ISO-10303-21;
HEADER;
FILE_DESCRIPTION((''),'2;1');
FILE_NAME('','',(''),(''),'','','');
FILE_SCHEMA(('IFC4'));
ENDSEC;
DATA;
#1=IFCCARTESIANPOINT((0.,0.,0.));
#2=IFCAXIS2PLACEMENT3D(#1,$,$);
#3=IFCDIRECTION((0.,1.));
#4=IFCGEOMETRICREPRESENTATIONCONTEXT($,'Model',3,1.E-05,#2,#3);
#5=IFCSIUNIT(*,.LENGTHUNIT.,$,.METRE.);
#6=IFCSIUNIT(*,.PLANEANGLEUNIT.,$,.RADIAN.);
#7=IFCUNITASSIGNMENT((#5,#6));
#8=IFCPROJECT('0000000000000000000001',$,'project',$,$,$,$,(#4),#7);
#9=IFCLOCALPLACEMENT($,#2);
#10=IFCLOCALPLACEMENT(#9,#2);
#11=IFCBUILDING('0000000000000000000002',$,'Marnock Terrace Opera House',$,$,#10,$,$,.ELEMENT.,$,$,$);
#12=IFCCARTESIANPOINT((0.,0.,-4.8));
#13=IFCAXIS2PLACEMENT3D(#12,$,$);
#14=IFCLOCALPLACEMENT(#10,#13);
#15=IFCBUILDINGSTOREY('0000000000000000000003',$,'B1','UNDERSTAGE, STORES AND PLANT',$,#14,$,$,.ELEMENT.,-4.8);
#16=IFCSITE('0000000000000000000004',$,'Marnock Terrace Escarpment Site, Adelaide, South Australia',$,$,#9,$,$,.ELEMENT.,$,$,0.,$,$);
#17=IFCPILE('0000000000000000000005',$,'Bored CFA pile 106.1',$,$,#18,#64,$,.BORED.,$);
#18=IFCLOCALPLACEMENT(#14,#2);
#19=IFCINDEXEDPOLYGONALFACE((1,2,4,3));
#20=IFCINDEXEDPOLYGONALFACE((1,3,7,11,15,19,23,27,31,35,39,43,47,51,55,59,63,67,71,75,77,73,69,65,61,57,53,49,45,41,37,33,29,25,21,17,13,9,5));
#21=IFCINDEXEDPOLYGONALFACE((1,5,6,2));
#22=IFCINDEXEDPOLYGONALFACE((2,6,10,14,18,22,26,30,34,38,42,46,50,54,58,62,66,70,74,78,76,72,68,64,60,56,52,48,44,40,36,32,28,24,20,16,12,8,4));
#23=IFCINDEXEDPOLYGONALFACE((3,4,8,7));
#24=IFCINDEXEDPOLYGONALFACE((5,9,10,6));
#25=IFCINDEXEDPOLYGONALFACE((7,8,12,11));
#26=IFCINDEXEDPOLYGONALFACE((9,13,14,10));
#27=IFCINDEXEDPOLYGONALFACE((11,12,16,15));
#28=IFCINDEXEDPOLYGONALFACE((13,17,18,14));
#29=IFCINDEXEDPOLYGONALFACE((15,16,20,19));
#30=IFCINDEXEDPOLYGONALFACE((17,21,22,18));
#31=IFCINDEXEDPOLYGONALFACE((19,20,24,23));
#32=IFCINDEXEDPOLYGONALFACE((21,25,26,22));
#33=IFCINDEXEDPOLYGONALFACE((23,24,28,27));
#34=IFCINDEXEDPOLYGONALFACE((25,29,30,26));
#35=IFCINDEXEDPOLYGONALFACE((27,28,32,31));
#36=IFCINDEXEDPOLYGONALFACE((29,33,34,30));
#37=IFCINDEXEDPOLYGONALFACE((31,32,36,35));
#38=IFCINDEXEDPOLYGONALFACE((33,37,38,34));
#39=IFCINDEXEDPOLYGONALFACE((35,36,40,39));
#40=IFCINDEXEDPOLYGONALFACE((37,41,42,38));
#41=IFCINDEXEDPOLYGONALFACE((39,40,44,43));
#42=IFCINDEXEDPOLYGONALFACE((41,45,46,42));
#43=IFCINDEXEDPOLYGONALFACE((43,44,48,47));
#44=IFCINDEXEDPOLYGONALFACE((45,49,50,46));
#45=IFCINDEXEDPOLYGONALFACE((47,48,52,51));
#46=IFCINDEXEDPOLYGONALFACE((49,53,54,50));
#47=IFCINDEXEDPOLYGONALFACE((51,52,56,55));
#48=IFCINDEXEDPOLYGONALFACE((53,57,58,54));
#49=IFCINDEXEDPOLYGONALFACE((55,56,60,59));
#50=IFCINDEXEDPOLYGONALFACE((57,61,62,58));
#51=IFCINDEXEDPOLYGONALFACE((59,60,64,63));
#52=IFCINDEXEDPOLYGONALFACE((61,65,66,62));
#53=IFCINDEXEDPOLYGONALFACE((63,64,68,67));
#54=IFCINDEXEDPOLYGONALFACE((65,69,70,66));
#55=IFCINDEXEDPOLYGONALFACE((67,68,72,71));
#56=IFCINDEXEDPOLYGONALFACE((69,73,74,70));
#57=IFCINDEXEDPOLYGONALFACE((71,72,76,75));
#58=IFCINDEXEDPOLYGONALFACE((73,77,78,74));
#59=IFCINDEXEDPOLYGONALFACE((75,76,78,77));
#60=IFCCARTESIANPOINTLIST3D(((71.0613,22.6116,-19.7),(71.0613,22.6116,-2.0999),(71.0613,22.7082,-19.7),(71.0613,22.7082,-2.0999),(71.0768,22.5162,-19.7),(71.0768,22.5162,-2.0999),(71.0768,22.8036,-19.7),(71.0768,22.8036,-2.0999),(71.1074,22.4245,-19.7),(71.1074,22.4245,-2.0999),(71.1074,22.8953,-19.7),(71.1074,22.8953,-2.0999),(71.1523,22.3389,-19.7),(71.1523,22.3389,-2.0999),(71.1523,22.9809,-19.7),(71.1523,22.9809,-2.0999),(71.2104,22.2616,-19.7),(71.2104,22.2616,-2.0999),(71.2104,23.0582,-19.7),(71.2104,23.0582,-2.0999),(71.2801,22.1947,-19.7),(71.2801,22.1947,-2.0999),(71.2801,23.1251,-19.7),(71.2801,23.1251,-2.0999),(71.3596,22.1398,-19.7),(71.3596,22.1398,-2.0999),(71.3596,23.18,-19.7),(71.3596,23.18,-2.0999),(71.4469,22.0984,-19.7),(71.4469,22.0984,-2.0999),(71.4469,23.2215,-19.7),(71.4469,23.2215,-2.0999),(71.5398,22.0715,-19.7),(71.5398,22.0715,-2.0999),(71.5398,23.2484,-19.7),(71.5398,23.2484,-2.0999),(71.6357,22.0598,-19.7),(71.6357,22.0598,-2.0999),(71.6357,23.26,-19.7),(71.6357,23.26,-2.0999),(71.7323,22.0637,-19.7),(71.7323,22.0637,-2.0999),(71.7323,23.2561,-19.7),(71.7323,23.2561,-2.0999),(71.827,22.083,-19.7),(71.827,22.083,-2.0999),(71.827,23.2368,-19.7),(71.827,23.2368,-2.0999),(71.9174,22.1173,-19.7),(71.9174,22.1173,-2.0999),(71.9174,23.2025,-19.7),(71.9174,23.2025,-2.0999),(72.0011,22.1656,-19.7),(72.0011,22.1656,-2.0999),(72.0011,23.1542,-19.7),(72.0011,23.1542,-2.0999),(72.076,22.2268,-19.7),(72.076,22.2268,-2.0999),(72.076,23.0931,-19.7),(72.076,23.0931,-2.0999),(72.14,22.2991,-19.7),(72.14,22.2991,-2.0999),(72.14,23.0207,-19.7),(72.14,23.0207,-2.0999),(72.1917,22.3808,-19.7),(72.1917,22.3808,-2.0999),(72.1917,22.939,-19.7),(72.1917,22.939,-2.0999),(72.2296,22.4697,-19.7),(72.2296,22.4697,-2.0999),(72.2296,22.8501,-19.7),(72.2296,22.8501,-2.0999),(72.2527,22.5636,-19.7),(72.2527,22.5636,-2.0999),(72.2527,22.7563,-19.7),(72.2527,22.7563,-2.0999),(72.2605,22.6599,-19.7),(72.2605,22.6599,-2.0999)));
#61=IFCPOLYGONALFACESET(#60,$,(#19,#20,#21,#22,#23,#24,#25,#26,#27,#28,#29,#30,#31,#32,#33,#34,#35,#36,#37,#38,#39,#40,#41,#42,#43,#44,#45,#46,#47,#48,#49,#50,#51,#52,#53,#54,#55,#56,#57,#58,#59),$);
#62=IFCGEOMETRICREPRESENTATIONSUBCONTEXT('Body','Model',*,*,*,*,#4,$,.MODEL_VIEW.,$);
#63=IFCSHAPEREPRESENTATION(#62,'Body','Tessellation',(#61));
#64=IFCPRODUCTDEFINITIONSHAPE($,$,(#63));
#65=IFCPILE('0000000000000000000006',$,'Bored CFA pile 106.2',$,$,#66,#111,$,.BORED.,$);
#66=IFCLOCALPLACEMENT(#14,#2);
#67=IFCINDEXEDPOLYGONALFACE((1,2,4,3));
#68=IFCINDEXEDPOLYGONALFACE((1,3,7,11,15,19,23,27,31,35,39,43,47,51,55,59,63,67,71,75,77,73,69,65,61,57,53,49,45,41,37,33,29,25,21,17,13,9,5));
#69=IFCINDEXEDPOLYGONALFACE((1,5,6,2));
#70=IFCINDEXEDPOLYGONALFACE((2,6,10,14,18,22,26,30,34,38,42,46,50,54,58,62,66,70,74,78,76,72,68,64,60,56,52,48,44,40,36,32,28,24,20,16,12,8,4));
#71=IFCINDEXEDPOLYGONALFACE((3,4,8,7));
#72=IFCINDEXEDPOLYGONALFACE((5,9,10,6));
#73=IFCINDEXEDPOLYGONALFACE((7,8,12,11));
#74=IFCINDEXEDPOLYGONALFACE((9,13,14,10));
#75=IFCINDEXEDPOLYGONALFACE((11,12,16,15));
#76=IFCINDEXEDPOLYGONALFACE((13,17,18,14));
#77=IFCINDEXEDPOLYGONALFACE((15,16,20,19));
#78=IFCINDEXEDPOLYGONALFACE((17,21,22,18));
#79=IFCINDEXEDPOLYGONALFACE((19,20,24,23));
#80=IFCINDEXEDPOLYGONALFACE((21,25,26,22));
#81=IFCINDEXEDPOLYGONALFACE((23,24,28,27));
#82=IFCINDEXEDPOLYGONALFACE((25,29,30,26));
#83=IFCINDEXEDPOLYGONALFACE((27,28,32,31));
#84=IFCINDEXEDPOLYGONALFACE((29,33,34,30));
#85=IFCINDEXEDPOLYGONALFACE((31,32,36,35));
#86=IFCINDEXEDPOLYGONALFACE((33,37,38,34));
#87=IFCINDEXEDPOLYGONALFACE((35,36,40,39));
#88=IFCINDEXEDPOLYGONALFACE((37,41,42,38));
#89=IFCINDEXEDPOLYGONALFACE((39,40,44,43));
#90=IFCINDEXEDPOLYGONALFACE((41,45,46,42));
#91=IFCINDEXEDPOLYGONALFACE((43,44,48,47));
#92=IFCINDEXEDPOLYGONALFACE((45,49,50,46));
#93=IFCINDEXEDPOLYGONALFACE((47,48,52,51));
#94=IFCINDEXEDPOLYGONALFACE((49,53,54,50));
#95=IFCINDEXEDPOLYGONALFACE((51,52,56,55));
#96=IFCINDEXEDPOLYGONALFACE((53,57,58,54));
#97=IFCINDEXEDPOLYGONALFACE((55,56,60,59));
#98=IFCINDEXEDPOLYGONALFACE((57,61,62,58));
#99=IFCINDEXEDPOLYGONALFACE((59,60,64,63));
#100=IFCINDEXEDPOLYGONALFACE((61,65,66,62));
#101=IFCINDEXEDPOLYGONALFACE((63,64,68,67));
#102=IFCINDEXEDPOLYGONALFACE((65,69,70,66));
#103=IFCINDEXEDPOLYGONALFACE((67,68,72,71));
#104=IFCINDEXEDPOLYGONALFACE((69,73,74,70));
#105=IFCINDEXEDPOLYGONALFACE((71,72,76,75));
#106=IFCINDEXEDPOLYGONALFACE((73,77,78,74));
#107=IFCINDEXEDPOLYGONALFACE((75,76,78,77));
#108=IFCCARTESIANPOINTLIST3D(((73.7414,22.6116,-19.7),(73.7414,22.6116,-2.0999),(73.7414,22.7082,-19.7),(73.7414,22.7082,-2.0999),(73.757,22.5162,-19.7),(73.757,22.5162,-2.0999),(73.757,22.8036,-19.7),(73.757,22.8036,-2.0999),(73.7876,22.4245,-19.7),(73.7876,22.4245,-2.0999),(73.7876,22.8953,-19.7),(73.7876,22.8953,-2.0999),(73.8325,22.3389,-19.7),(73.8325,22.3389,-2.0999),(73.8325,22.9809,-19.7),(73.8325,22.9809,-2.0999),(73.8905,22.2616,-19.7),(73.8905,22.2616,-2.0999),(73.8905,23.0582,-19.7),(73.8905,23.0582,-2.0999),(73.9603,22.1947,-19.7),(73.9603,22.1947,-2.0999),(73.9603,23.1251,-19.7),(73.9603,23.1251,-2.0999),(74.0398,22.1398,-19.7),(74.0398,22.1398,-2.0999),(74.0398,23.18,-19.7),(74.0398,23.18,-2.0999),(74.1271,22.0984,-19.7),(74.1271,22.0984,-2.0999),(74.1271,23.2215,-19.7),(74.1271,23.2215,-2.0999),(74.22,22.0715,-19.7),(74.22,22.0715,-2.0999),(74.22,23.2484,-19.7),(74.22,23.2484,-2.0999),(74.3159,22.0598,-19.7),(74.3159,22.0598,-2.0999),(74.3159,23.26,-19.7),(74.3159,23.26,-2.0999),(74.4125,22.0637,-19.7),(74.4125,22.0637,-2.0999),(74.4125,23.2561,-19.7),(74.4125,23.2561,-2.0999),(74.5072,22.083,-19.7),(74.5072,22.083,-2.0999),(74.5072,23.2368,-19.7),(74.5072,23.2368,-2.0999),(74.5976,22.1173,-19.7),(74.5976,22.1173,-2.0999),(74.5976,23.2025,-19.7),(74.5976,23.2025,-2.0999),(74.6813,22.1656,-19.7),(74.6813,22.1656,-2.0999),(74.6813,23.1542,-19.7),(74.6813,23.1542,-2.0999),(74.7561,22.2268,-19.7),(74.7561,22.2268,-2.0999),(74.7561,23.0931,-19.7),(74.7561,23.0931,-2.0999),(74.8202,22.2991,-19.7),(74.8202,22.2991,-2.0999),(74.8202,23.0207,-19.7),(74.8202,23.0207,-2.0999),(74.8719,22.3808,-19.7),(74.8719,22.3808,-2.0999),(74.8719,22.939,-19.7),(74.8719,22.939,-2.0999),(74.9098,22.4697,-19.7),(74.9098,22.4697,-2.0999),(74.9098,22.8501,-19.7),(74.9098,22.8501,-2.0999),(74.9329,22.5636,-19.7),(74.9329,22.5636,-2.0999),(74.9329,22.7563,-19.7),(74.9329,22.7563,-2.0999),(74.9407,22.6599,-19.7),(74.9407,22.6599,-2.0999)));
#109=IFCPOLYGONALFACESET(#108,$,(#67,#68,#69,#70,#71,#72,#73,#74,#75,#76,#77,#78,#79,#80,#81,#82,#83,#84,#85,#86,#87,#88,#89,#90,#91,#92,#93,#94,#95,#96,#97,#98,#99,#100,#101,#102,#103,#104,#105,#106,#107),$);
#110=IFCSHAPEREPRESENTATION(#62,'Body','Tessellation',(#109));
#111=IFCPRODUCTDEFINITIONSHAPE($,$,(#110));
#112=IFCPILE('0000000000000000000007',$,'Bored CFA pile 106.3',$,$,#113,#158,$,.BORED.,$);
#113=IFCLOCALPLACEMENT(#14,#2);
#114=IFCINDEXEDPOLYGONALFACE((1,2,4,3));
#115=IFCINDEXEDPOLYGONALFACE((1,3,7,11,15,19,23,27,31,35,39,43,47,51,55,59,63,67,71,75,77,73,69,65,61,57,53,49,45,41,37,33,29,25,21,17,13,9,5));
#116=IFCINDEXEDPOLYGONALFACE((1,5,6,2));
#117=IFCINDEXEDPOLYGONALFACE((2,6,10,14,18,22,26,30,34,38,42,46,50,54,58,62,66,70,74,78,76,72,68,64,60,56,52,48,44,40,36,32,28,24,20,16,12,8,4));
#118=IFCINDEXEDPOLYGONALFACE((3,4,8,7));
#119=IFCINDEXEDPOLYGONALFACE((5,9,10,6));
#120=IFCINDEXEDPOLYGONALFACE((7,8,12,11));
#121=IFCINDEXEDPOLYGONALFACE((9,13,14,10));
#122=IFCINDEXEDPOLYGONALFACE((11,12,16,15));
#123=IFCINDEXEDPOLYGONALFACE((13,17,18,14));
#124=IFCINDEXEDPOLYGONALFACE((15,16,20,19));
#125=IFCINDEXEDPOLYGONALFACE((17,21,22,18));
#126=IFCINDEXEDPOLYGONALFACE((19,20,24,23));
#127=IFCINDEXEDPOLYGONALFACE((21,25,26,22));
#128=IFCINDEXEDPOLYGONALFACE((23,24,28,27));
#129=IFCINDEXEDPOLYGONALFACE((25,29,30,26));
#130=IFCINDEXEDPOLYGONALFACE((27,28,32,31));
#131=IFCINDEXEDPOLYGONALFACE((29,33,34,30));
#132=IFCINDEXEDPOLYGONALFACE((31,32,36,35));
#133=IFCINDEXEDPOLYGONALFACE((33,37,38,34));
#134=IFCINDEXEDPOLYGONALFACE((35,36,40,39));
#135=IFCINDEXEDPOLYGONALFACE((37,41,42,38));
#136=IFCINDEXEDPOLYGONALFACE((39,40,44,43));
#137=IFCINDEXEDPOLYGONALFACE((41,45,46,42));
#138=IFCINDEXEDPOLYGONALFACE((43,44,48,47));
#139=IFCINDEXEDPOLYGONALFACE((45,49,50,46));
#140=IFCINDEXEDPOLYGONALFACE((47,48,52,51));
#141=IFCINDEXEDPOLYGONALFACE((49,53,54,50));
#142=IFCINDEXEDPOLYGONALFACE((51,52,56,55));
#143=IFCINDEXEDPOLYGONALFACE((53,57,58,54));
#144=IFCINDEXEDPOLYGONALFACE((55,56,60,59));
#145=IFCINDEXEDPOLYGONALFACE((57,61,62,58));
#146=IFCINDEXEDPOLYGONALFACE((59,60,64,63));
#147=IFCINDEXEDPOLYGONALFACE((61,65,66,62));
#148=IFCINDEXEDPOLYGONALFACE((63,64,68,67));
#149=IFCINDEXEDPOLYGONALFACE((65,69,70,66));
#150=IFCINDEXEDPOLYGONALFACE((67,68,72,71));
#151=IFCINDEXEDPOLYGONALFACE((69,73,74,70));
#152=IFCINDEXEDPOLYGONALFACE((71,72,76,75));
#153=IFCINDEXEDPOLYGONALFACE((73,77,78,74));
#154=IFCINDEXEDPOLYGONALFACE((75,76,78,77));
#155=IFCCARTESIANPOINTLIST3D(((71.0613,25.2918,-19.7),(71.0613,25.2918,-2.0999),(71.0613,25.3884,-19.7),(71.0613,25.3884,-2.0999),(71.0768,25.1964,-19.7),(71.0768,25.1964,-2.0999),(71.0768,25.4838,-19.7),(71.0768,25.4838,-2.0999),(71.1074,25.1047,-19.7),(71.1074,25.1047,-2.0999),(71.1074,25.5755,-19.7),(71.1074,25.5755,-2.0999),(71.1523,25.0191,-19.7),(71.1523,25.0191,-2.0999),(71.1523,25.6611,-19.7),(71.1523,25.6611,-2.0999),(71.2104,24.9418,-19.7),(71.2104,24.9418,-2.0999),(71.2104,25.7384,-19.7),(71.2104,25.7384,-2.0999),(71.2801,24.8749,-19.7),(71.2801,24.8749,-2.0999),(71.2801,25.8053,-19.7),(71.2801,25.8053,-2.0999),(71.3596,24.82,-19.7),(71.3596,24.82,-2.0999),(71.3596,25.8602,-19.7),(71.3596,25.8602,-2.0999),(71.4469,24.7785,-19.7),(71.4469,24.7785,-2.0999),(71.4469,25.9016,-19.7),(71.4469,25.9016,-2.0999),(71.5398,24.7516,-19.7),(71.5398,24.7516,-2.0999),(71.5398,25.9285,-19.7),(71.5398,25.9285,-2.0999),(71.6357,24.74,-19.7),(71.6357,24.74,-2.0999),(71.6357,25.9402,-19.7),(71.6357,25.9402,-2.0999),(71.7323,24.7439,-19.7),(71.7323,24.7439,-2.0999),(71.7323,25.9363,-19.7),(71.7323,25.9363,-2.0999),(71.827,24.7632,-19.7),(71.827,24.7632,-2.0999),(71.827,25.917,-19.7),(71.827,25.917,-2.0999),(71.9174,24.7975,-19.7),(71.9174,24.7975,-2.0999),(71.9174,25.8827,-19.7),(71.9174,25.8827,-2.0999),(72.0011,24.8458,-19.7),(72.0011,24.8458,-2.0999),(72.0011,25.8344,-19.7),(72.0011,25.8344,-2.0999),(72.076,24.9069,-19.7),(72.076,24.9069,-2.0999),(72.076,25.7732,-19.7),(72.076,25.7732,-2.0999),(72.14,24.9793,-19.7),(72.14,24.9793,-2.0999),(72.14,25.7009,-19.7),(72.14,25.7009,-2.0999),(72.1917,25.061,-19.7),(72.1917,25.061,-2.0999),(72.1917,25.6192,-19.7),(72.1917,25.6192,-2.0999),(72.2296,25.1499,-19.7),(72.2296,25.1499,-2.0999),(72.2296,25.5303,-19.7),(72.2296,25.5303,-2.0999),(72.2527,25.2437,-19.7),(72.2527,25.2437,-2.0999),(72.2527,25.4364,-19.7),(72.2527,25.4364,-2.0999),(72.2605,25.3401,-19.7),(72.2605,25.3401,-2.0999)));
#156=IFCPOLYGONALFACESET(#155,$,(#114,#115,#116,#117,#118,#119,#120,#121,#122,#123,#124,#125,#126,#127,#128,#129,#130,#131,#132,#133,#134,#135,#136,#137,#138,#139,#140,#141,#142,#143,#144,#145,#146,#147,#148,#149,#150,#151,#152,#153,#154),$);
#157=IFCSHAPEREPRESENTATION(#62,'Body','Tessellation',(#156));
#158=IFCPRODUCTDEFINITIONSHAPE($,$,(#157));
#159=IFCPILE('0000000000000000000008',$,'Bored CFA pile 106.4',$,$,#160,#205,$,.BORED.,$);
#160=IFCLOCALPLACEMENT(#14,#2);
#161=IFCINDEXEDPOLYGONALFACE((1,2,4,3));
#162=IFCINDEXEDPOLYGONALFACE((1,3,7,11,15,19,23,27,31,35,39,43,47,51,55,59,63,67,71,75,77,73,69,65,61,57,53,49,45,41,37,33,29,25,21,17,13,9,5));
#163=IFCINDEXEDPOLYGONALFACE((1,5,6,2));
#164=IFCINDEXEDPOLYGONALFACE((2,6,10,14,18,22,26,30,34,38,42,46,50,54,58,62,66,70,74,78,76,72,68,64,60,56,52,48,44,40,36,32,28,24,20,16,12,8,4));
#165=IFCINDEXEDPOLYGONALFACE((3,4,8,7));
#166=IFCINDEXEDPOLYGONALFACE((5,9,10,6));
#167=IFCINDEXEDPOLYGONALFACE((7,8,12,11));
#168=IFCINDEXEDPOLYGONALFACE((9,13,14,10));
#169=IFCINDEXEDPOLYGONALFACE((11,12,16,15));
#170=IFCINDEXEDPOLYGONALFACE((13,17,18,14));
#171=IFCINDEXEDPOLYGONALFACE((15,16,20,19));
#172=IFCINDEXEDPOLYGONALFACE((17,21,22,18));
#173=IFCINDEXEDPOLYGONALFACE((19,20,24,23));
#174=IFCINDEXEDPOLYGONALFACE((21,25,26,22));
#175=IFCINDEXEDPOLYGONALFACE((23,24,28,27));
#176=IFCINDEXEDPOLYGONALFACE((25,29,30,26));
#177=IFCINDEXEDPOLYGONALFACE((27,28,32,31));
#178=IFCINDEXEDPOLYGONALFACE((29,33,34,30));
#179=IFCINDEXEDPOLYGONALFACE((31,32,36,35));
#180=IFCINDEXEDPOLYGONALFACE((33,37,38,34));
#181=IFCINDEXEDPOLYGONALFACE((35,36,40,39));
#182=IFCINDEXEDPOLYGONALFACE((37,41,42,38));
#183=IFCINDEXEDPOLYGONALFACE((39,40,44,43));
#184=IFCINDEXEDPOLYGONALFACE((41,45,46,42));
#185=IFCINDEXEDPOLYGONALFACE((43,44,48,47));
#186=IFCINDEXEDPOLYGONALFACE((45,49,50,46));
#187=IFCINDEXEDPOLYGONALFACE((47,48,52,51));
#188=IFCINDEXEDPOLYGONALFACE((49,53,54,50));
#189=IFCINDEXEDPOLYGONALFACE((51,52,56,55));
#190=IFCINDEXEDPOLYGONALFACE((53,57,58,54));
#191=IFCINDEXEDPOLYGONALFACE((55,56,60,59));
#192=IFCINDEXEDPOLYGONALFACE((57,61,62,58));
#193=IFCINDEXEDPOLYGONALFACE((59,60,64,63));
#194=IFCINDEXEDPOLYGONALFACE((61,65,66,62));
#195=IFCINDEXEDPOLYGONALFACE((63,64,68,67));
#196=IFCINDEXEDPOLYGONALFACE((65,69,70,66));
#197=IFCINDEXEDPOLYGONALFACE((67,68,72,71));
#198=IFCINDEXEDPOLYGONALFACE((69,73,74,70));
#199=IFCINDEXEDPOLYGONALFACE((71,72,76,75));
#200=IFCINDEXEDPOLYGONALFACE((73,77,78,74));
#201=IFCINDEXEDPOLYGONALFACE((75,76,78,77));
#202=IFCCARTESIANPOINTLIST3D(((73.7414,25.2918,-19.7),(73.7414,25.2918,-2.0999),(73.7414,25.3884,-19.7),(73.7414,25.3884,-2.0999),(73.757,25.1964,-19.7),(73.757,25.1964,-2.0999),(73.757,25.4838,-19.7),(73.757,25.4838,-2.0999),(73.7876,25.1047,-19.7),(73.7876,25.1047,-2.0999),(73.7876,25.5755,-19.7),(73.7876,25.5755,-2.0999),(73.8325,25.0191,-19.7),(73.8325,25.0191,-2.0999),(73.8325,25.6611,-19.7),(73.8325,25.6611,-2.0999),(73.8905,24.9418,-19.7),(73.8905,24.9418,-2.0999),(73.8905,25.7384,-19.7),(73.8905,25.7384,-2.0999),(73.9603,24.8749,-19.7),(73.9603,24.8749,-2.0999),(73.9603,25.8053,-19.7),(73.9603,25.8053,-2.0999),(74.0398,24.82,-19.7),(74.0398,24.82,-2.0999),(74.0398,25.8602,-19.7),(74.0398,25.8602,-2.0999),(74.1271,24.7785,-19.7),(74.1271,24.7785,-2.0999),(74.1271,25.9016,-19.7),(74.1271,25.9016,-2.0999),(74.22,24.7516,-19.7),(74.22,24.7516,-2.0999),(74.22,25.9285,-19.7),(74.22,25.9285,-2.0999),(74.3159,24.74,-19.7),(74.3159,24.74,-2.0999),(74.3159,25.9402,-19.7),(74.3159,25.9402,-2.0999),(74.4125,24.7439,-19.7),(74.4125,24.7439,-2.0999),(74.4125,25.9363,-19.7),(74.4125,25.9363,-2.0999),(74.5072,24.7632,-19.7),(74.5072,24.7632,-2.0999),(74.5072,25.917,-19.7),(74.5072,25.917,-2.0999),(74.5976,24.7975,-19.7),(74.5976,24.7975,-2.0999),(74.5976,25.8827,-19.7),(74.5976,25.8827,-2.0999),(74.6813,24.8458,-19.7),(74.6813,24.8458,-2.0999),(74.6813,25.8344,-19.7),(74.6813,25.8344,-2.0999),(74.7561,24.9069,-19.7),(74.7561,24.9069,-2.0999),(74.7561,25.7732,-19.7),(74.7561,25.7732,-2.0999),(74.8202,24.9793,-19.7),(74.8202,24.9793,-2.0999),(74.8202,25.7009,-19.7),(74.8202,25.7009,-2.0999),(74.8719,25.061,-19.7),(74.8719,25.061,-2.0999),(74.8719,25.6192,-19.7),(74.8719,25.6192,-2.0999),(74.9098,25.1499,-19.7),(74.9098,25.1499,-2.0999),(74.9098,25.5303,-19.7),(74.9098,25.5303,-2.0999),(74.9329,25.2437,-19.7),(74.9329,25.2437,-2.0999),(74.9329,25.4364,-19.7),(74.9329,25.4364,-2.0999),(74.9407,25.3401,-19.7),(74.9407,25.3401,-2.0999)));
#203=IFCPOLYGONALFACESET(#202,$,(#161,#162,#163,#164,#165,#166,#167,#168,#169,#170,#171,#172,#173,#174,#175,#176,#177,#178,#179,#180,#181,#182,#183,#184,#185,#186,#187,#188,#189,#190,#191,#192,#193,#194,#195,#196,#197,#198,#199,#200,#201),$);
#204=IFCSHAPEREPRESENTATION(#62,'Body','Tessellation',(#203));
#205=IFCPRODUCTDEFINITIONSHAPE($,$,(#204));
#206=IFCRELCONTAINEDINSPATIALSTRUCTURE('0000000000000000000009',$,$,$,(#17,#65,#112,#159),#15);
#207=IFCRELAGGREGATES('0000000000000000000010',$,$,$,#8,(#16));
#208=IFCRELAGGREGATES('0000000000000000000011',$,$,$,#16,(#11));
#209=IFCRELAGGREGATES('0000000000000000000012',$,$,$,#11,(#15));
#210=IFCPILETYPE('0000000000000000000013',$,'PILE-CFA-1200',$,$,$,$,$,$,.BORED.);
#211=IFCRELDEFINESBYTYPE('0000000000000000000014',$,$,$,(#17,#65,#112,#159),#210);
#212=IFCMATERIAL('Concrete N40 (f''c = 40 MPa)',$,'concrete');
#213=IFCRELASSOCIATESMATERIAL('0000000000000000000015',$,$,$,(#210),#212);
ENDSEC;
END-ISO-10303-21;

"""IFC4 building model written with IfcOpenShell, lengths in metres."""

from ifc_helpers import new_model, si_unit, direction, frame, origin, origin_2d, place, context, subcontext, project, spatial, circle, extrude, material, material_profile, profile_set, type_object, element, save


model = new_model("IFC4")

# Units and contexts
model_context = context("Model", 3, precision=1e-05, world=origin(), true_north=direction((0.0, 1.0)))
body_context = subcontext(model_context, "Body", "Model", "MODEL_VIEW")
ifc_project = project(units=[si_unit("LENGTHUNIT", "METRE"), si_unit("PLANEANGLEUNIT", "RADIAN")], contexts=[model_context])

# Site, building, storey
site_placement = place(None, origin())
site = spatial("IfcSite", under=ifc_project, at=site_placement, Name="Marnock Terrace Escarpment Site, Adelaide, South Australia", CompositionType="ELEMENT", RefElevation=0.0)
building_placement = place(site_placement, origin())
building = spatial("IfcBuilding", under=site, at=building_placement, Name="Marnock Terrace Opera House", CompositionType="ELEMENT")
storey_placement = place(building_placement, frame((0.0, 0.0, -4.8)))
storey = spatial("IfcBuildingStorey", under=building, at=storey_placement, Name="B1", Description="UNDERSTAGE, STORES AND PLANT", CompositionType="ELEMENT", Elevation=-4.8)

# Shared definitions
ifc_material_1 = material(Name="Concrete N40 (f'c = 40 MPa)", Category="concrete")

# Piles
ifc_material_profile_1 = material_profile(ifc_material_1, circle(Radius=0.6006, at=origin_2d()))
ifc_profile_set_1 = profile_set([ifc_material_profile_1], Name="Concrete N40 (f'c = 40 MPa)")
pile_type = type_object("IfcPileType", Name="PILE-CFA-1200", PredefinedType="BORED", material=ifc_profile_set_1)
for number, where, z_axis, x_axis, name in (
    (1, (71.6599, 22.6599, -2.0999), (0.0, 0.0, -1.0), (1.0, 0.0, 0.0), "Bored CFA pile 106.1"),
    (2, (74.3401, 22.6599, -2.0999), (0.0, 0.0, -1.0), (1.0, 0.0, 0.0), "Bored CFA pile 106.2"),
    (3, (71.6599, 25.3401, -2.0999), (0.0, 0.0, -1.0), (1.0, 0.0, 0.0), "Bored CFA pile 106.3"),
    (4, (74.3401, 25.3401, -2.0999), (0.0, 0.0, -1.0), (1.0, 0.0, 0.0), "Bored CFA pile 106.4"),
):
    element("IfcPile", number, at=place(storey_placement, frame(where, z_axis=z_axis, x_axis=x_axis)), inside=storey, type_object=pile_type, Name=name, PredefinedType="BORED", context=body_context, shape_type="SweptSolid", body=[
        extrude(circle(Radius=0.6006, at=origin_2d()), origin(), (0.0, 0.0, 1.0), 17.6001),
    ])

save(model, "model.ifc")
